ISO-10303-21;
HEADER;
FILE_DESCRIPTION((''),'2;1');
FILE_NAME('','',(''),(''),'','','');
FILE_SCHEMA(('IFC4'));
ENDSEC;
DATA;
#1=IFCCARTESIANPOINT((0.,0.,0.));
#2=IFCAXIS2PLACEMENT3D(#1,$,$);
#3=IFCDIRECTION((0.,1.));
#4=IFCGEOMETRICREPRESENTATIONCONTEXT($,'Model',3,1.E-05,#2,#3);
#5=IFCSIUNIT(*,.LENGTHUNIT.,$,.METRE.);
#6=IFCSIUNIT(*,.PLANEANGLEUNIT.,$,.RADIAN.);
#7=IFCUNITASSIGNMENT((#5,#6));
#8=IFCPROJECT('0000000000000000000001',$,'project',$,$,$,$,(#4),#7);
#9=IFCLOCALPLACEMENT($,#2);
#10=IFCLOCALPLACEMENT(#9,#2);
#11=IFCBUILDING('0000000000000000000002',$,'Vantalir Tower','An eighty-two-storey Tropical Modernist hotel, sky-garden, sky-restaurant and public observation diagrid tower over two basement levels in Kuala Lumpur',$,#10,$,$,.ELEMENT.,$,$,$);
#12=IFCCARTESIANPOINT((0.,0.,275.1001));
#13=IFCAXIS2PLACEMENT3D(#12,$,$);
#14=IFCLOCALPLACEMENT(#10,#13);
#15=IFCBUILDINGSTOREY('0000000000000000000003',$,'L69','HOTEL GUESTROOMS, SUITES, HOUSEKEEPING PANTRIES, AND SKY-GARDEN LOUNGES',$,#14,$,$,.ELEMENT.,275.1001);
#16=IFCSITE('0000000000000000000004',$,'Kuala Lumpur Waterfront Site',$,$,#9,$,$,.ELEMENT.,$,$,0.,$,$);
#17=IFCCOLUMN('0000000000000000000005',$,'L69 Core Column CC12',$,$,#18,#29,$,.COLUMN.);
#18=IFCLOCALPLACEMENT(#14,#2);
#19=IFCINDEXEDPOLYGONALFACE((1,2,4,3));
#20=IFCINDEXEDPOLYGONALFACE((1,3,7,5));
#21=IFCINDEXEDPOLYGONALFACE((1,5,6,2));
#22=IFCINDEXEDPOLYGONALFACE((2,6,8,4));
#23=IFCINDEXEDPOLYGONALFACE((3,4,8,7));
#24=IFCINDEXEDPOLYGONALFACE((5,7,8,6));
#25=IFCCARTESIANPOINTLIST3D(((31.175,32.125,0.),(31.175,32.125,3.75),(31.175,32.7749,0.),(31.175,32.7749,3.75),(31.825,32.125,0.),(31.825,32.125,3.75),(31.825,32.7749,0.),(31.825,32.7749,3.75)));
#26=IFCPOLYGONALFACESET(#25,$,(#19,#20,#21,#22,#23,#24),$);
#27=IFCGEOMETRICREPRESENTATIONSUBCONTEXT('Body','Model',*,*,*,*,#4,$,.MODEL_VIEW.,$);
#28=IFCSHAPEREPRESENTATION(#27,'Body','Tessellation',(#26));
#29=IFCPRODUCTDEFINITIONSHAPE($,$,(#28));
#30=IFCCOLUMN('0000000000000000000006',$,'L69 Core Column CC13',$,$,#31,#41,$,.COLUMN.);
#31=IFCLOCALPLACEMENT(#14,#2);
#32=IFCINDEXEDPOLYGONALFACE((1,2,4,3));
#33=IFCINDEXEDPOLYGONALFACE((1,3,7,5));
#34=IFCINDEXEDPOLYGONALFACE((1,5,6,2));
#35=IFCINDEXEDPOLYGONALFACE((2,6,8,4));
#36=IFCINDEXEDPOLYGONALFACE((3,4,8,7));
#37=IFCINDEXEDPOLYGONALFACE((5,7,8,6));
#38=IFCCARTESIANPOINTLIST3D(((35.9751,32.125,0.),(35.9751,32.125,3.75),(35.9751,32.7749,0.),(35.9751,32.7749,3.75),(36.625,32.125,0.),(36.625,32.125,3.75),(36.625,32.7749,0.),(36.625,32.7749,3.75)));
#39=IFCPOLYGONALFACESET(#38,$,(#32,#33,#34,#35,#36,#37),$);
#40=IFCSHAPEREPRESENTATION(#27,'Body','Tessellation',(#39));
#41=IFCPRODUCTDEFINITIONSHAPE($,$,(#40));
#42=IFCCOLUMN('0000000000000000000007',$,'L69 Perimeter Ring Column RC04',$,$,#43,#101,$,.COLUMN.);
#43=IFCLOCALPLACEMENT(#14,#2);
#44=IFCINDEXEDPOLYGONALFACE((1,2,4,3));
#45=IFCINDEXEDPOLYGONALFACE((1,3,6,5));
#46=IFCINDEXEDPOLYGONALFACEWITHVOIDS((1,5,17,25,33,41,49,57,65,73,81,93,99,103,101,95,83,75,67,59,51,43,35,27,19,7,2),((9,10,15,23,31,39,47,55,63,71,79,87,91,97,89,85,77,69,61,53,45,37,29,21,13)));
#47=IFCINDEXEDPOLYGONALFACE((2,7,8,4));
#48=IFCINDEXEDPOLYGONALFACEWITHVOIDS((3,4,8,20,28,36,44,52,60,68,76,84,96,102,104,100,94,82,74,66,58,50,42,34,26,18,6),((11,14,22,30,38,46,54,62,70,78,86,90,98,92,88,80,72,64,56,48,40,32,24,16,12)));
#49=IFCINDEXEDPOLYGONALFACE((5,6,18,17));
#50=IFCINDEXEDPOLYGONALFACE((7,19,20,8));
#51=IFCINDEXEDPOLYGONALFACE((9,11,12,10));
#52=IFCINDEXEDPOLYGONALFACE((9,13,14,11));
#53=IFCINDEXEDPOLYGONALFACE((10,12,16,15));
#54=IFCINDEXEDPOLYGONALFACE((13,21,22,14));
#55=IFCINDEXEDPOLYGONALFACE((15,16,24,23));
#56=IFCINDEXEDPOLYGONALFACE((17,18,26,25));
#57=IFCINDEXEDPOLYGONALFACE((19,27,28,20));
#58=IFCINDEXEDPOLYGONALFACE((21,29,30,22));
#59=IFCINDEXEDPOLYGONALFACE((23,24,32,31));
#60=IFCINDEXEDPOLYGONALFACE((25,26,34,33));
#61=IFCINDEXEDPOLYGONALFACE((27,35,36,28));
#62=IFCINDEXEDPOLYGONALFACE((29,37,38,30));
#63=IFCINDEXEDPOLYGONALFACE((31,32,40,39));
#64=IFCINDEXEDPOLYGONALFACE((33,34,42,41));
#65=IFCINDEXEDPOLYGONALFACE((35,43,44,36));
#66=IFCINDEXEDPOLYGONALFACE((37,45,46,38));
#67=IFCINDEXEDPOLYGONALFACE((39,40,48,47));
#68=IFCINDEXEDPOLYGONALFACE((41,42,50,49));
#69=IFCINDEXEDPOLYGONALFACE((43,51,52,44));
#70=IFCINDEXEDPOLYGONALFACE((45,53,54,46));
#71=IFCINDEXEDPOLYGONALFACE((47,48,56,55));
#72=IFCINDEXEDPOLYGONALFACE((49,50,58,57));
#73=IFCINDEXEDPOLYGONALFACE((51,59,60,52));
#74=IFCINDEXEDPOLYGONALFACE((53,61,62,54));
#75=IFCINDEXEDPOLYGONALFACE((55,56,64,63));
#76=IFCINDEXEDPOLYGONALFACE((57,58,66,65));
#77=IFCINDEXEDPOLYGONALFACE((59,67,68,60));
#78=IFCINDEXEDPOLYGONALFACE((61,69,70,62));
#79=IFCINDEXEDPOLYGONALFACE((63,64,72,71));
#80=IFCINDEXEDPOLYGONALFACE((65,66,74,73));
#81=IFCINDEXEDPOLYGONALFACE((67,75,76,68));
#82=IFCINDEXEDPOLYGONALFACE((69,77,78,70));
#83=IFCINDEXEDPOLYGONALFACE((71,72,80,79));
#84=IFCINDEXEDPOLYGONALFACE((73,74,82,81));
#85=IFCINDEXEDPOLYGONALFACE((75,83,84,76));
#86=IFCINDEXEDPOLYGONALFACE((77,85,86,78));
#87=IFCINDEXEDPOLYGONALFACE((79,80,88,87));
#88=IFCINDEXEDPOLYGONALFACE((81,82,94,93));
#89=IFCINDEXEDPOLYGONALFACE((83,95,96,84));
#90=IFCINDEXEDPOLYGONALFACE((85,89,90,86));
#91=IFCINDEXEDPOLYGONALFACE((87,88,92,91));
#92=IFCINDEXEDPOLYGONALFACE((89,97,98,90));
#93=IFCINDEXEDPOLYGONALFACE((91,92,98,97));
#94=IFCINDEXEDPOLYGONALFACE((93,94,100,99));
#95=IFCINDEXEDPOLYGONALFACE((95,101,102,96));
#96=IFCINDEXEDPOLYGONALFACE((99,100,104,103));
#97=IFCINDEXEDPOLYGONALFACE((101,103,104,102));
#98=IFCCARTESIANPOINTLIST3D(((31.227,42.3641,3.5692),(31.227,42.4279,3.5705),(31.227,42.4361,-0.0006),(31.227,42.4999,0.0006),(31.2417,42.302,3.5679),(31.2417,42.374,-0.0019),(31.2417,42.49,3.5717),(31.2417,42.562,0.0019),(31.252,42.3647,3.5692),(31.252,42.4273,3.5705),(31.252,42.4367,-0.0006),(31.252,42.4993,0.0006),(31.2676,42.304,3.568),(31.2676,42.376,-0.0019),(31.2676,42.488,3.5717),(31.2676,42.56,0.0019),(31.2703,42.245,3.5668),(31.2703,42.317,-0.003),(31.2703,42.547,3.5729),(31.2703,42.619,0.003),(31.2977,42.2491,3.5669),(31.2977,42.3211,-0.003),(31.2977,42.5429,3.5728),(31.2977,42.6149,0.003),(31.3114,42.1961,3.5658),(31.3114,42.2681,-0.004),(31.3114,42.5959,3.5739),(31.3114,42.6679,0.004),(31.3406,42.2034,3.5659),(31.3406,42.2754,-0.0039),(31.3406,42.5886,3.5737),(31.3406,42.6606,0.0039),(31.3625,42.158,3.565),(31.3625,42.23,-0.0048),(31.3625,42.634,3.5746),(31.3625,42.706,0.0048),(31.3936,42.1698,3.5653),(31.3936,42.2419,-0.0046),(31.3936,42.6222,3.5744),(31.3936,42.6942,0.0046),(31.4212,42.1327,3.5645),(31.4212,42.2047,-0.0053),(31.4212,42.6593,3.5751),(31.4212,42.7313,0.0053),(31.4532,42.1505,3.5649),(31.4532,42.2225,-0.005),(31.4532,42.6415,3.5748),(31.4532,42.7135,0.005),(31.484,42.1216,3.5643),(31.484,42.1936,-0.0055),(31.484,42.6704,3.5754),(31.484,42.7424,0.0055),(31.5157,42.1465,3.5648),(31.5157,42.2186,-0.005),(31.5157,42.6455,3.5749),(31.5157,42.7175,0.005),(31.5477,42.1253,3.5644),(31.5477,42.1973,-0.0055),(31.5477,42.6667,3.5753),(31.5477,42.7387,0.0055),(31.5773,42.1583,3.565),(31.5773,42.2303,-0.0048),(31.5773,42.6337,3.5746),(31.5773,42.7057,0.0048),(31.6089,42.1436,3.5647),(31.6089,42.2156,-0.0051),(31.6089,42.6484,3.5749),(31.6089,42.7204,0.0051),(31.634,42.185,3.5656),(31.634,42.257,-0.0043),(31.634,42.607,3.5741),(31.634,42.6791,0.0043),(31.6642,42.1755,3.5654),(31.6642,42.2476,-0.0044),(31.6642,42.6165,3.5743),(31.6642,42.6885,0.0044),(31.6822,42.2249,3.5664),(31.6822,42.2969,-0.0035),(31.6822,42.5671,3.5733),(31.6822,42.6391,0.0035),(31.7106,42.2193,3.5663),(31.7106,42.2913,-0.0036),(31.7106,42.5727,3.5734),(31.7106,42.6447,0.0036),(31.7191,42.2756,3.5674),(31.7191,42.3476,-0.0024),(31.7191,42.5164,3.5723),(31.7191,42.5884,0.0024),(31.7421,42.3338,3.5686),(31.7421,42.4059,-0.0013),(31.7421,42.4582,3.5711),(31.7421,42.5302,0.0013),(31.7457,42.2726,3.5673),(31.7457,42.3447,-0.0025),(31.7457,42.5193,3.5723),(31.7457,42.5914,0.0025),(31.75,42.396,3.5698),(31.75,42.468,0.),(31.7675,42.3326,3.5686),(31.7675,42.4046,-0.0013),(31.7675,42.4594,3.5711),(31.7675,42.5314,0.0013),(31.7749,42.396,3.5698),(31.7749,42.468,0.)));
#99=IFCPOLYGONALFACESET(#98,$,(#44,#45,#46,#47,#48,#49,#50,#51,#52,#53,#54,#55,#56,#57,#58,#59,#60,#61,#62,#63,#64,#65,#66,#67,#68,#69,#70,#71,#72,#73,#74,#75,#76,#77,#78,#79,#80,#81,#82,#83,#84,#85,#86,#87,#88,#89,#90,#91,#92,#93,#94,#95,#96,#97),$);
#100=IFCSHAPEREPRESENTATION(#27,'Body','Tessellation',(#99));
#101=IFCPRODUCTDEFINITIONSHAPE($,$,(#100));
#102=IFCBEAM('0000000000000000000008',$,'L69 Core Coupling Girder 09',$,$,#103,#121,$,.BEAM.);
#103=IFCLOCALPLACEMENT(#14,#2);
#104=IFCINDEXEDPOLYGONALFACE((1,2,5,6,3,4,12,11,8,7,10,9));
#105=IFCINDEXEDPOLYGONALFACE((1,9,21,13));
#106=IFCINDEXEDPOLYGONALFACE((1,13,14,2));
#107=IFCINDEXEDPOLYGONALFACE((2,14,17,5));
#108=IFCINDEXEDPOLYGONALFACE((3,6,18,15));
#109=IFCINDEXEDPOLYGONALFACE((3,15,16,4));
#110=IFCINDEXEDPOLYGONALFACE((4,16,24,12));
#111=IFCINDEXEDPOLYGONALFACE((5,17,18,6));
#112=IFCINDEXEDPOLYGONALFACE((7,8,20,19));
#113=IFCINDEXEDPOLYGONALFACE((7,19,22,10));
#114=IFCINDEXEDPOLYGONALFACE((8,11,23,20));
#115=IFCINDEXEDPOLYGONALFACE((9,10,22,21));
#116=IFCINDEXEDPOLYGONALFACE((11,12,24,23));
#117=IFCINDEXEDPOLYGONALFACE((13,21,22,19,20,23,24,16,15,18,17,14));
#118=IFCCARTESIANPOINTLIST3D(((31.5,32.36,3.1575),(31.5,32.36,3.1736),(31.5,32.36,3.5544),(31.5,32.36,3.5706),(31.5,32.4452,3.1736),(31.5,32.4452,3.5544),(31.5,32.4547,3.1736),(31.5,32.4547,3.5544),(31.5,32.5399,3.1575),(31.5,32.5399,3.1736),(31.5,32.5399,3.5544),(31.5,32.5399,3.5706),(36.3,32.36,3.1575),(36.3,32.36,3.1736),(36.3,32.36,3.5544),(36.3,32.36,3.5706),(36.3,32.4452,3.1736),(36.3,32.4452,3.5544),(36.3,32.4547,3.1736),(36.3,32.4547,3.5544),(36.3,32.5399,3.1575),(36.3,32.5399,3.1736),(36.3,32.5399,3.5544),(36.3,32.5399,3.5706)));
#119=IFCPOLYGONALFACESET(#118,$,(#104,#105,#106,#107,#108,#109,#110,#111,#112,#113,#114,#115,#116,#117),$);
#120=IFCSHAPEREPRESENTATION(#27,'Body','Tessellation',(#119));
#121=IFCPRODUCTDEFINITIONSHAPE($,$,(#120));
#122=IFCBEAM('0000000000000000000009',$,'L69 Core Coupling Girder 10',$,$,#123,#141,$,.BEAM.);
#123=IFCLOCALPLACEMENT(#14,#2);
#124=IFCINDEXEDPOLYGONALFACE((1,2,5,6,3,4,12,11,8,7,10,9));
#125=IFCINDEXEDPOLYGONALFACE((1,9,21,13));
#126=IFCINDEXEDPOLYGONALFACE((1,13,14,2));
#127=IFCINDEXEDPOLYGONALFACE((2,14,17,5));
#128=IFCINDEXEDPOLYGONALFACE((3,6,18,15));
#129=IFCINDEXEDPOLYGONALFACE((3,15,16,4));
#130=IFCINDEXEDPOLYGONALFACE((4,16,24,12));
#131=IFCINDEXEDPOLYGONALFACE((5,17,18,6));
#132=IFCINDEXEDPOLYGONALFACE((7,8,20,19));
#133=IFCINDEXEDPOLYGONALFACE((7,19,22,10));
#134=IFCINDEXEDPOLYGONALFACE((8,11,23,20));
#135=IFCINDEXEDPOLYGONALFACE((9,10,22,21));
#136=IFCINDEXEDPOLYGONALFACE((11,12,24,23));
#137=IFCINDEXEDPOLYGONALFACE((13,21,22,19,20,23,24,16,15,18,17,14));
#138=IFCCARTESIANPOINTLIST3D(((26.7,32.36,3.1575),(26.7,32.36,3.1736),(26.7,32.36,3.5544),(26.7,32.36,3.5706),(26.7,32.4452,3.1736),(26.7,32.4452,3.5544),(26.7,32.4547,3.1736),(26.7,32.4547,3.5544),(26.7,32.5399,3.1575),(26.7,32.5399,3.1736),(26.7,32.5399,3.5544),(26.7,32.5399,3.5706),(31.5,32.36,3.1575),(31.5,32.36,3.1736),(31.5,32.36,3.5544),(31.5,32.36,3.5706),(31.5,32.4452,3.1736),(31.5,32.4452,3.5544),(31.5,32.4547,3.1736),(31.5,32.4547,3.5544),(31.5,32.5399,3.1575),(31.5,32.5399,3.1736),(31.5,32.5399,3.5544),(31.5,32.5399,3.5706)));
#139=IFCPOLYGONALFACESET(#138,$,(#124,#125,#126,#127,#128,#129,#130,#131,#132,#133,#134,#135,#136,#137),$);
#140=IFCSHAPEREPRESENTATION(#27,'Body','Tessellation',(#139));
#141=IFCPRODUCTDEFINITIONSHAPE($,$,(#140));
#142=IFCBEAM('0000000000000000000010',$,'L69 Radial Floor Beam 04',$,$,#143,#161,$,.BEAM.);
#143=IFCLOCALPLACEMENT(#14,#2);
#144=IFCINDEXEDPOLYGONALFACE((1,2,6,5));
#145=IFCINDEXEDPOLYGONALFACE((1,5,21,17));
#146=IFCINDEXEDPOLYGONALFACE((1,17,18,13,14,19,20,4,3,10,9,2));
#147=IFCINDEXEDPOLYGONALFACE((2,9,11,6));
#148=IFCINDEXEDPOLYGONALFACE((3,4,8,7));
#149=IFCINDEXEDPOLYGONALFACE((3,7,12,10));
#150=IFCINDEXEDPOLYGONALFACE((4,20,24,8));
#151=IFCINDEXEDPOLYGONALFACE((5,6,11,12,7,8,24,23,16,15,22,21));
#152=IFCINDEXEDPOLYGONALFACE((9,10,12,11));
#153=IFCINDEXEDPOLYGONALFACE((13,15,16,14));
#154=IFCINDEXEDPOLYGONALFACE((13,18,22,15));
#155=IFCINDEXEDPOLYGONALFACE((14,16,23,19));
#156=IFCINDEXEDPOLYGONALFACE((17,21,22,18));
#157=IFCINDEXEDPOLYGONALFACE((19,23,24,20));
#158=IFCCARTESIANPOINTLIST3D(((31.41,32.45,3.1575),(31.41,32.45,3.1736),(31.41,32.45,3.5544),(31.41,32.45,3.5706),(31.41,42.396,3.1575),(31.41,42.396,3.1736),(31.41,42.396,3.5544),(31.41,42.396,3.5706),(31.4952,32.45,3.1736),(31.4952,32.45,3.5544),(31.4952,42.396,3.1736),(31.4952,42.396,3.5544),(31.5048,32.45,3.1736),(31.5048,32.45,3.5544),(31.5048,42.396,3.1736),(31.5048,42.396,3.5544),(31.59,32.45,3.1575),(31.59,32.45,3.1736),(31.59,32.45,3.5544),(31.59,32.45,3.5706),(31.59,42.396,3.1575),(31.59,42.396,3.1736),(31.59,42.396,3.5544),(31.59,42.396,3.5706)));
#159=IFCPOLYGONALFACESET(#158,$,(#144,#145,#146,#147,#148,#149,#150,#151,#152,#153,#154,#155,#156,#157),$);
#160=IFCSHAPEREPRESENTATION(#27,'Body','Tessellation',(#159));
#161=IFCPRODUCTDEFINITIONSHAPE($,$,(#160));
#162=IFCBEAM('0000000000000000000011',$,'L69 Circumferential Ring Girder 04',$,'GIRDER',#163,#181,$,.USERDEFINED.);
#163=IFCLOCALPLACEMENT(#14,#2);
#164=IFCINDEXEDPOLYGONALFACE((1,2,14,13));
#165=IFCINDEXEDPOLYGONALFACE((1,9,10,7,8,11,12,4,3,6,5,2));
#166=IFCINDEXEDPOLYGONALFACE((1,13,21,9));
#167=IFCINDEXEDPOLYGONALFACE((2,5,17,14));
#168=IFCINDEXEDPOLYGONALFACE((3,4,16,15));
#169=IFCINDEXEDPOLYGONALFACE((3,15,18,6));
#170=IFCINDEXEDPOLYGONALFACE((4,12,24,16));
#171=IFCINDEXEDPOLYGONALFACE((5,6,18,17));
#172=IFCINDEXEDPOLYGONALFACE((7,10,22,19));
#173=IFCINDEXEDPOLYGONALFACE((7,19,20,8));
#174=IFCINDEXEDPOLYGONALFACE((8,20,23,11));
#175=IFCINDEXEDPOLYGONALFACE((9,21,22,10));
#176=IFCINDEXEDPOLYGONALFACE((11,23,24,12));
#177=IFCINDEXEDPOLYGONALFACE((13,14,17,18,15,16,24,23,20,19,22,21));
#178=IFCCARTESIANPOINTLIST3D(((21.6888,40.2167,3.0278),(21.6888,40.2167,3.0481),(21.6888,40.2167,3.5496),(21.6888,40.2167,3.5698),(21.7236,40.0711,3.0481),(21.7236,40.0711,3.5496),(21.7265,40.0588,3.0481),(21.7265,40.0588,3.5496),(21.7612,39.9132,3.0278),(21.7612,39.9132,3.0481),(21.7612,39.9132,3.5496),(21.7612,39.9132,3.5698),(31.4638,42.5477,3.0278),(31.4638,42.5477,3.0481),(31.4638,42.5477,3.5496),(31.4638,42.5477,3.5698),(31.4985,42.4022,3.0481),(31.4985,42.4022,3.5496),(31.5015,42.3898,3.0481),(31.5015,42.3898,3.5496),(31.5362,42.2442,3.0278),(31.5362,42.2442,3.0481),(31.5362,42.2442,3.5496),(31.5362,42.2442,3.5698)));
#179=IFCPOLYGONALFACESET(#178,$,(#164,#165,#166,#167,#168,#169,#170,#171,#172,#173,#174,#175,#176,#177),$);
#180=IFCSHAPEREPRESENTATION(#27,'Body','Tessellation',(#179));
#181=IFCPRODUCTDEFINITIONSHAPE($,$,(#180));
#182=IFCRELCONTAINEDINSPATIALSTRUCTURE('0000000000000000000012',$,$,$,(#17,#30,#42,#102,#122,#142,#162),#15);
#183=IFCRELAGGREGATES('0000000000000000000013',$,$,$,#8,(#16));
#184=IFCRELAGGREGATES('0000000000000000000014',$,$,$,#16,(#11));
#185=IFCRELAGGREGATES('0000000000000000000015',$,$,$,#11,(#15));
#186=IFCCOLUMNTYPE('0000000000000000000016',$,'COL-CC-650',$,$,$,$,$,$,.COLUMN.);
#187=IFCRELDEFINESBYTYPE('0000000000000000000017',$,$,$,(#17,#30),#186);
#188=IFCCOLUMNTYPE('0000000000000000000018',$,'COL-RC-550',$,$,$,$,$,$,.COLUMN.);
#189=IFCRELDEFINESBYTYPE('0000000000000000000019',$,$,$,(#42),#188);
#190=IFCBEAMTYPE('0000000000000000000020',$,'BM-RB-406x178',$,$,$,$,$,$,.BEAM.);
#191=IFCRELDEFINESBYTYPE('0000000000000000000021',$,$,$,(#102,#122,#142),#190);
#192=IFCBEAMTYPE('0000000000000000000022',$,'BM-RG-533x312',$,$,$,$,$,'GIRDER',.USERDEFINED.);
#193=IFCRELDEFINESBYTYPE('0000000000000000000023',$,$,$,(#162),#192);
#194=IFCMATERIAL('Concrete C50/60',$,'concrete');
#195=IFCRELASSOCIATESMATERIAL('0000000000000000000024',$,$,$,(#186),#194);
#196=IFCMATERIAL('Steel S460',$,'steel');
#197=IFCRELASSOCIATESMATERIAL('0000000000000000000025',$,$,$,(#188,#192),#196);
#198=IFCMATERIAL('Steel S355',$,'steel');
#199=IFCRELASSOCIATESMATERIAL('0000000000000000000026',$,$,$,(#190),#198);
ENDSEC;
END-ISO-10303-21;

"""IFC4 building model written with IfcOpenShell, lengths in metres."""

from ifc_helpers import new_model, si_unit, direction, frame, origin, origin_2d, place, context, subcontext, project, spatial, rectangle, hollow_circle, i_section, extrude, material, material_profile, profile_set, type_object, element, save


model = new_model("IFC4")

# Units and contexts
model_context = context("Model", 3, precision=1e-05, world=origin(), true_north=direction((0.0, 1.0)))
body_context = subcontext(model_context, "Body", "Model", "MODEL_VIEW")
ifc_project = project(units=[si_unit("LENGTHUNIT", "METRE"), si_unit("PLANEANGLEUNIT", "RADIAN")], contexts=[model_context])

# Site, building, storey
site_placement = place(None, origin())
site = spatial("IfcSite", under=ifc_project, at=site_placement, Name="Kuala Lumpur Waterfront Site", CompositionType="ELEMENT", RefElevation=0.0)
building_placement = place(site_placement, origin())
building = spatial("IfcBuilding", under=site, at=building_placement, Name="Vantalir Tower", Description="An eighty-two-storey Tropical Modernist hotel, sky-garden, sky-restaurant and public observation diagrid tower over two basement levels in Kuala Lumpur", CompositionType="ELEMENT")
storey_placement = place(building_placement, frame((0.0, 0.0, 275.1001)))
storey = spatial("IfcBuildingStorey", under=building, at=storey_placement, Name="L69", Description="HOTEL GUESTROOMS, SUITES, HOUSEKEEPING PANTRIES, AND SKY-GARDEN LOUNGES", CompositionType="ELEMENT", Elevation=275.1001)

# Columns
ifc_material_1 = material(Name="Concrete C50/60", Category="concrete")
ifc_material_profile_1 = material_profile(ifc_material_1, rectangle(XDim=0.6499, YDim=0.6499, at=origin_2d()), Name="Concrete C50/60")
ifc_profile_set_1 = profile_set([ifc_material_profile_1], Name="Concrete C50/60")
column_type_1 = type_object("IfcColumnType", Name="COL-CC-650", PredefinedType="COLUMN", material=ifc_profile_set_1)
for number, where, z_axis, x_axis, name in (
    (1, (31.5, 32.45, 0.0), (0.0, 0.0, 1.0), (1.0, 0.0, 0.0), "L69 Core Column CC12"),
    (2, (36.3, 32.45, 0.0), (0.0, 0.0, 1.0), (1.0, 0.0, 0.0), "L69 Core Column CC13"),
):
    element("IfcColumn", number, at=place(storey_placement, frame(where, z_axis=z_axis, x_axis=x_axis)), inside=storey, type_object=column_type_1, Name=name, PredefinedType="COLUMN", context=body_context, shape_type="SweptSolid", body=[
        extrude(rectangle(XDim=0.6499, YDim=0.6499, at=origin_2d()), origin(), (0.0, 0.0, 1.0), 3.75),
    ])
ifc_material_2 = material(Name="Steel S460", Category="steel")
ifc_material_profile_2 = material_profile(ifc_material_2, hollow_circle(Radius=0.2749, WallThickness=0.0249, at=origin_2d()), Name="Steel S460")
ifc_profile_set_2 = profile_set([ifc_material_profile_2], Name="Steel S460")
column_type_2 = type_object("IfcColumnType", Name="COL-RC-550", PredefinedType="COLUMN", material=ifc_profile_set_2)
column_placement = place(storey_placement, frame((31.5, 42.468, 0.0), z_axis=(0.0, -0.020171, 0.999797), x_axis=(1.0, 0.0, 0.0)))
element("IfcColumn", 3, at=column_placement, inside=storey, type_object=column_type_2, Name="L69 Perimeter Ring Column RC04", PredefinedType="COLUMN", context=body_context, shape_type="SweptSolid", body=[
    extrude(hollow_circle(Radius=0.2749, WallThickness=0.0249, at=origin_2d()), origin(), (0.0, 0.0, 1.0), 3.5706),
])

# Beams
ifc_material_3 = material(Name="Steel S355", Category="steel")
ifc_material_profile_3 = material_profile(ifc_material_3, i_section(OverallWidth=0.1799, OverallDepth=0.4131, WebThickness=0.0095, FlangeThickness=0.0161, at=origin_2d()), Name="Steel S355")
ifc_profile_set_3 = profile_set([ifc_material_profile_3], Name="Steel S355")
beam_type_1 = type_object("IfcBeamType", Name="BM-RB-406x178", PredefinedType="BEAM", material=ifc_profile_set_3)
for number, where, z_axis, x_axis, name in (
    (4, (36.3, 32.45, 3.364), (-1.0, 0.0, 0.0), (0.0, -1.0, 0.0), "L69 Core Coupling Girder 09"),
    (5, (31.5, 32.45, 3.364), (-1.0, 0.0, 0.0), (0.0, -1.0, 0.0), "L69 Core Coupling Girder 10"),
):
    element("IfcBeam", number, at=place(storey_placement, frame(where, z_axis=z_axis, x_axis=x_axis)), inside=storey, type_object=beam_type_1, Name=name, PredefinedType="BEAM", context=body_context, shape_type="SweptSolid", body=[
        extrude(i_section(OverallWidth=0.1799, OverallDepth=0.4131, WebThickness=0.0095, FlangeThickness=0.0161, at=origin_2d()), origin(), (0.0, 0.0, 1.0), 4.8),
    ])
beam_1_placement = place(storey_placement, frame((31.5, 42.396, 3.364), z_axis=(0.0, -1.0, 0.0), x_axis=(1.0, 0.0, 0.0)))
element("IfcBeam", 6, at=beam_1_placement, inside=storey, type_object=beam_type_1, Name="L69 Radial Floor Beam 04", PredefinedType="BEAM", context=body_context, shape_type="SweptSolid", body=[
    extrude(i_section(OverallWidth=0.1799, OverallDepth=0.4131, WebThickness=0.0095, FlangeThickness=0.0161, at=origin_2d()), origin(), (0.0, 0.0, 1.0), 9.946),
])
ifc_material_profile_4 = material_profile(ifc_material_2, i_section(OverallWidth=0.312, OverallDepth=0.542, WebThickness=0.0127, FlangeThickness=0.0203, at=origin_2d()), Name="Steel S460")
ifc_profile_set_4 = profile_set([ifc_material_profile_4], Name="Steel S460")
beam_type_2 = type_object("IfcBeamType", Name="BM-RG-533x312", ElementType="GIRDER", PredefinedType="USERDEFINED", material=ifc_profile_set_4)
beam_2_placement = place(storey_placement, frame((31.5, 42.396, 3.2988), z_axis=(-0.972723, -0.231969, 0.0), x_axis=(0.231969, -0.972723, 0.0)))
element("IfcBeam", 7, at=beam_2_placement, inside=storey, type_object=beam_type_2, Name="L69 Circumferential Ring Girder 04", ObjectType="GIRDER", PredefinedType="USERDEFINED", context=body_context, shape_type="SweptSolid", body=[
    extrude(i_section(OverallWidth=0.312, OverallDepth=0.542, WebThickness=0.0127, FlangeThickness=0.0203, at=origin_2d()), origin(), (0.0, 0.0, 1.0), 10.0491),
])

save(model, "model.ifc")
